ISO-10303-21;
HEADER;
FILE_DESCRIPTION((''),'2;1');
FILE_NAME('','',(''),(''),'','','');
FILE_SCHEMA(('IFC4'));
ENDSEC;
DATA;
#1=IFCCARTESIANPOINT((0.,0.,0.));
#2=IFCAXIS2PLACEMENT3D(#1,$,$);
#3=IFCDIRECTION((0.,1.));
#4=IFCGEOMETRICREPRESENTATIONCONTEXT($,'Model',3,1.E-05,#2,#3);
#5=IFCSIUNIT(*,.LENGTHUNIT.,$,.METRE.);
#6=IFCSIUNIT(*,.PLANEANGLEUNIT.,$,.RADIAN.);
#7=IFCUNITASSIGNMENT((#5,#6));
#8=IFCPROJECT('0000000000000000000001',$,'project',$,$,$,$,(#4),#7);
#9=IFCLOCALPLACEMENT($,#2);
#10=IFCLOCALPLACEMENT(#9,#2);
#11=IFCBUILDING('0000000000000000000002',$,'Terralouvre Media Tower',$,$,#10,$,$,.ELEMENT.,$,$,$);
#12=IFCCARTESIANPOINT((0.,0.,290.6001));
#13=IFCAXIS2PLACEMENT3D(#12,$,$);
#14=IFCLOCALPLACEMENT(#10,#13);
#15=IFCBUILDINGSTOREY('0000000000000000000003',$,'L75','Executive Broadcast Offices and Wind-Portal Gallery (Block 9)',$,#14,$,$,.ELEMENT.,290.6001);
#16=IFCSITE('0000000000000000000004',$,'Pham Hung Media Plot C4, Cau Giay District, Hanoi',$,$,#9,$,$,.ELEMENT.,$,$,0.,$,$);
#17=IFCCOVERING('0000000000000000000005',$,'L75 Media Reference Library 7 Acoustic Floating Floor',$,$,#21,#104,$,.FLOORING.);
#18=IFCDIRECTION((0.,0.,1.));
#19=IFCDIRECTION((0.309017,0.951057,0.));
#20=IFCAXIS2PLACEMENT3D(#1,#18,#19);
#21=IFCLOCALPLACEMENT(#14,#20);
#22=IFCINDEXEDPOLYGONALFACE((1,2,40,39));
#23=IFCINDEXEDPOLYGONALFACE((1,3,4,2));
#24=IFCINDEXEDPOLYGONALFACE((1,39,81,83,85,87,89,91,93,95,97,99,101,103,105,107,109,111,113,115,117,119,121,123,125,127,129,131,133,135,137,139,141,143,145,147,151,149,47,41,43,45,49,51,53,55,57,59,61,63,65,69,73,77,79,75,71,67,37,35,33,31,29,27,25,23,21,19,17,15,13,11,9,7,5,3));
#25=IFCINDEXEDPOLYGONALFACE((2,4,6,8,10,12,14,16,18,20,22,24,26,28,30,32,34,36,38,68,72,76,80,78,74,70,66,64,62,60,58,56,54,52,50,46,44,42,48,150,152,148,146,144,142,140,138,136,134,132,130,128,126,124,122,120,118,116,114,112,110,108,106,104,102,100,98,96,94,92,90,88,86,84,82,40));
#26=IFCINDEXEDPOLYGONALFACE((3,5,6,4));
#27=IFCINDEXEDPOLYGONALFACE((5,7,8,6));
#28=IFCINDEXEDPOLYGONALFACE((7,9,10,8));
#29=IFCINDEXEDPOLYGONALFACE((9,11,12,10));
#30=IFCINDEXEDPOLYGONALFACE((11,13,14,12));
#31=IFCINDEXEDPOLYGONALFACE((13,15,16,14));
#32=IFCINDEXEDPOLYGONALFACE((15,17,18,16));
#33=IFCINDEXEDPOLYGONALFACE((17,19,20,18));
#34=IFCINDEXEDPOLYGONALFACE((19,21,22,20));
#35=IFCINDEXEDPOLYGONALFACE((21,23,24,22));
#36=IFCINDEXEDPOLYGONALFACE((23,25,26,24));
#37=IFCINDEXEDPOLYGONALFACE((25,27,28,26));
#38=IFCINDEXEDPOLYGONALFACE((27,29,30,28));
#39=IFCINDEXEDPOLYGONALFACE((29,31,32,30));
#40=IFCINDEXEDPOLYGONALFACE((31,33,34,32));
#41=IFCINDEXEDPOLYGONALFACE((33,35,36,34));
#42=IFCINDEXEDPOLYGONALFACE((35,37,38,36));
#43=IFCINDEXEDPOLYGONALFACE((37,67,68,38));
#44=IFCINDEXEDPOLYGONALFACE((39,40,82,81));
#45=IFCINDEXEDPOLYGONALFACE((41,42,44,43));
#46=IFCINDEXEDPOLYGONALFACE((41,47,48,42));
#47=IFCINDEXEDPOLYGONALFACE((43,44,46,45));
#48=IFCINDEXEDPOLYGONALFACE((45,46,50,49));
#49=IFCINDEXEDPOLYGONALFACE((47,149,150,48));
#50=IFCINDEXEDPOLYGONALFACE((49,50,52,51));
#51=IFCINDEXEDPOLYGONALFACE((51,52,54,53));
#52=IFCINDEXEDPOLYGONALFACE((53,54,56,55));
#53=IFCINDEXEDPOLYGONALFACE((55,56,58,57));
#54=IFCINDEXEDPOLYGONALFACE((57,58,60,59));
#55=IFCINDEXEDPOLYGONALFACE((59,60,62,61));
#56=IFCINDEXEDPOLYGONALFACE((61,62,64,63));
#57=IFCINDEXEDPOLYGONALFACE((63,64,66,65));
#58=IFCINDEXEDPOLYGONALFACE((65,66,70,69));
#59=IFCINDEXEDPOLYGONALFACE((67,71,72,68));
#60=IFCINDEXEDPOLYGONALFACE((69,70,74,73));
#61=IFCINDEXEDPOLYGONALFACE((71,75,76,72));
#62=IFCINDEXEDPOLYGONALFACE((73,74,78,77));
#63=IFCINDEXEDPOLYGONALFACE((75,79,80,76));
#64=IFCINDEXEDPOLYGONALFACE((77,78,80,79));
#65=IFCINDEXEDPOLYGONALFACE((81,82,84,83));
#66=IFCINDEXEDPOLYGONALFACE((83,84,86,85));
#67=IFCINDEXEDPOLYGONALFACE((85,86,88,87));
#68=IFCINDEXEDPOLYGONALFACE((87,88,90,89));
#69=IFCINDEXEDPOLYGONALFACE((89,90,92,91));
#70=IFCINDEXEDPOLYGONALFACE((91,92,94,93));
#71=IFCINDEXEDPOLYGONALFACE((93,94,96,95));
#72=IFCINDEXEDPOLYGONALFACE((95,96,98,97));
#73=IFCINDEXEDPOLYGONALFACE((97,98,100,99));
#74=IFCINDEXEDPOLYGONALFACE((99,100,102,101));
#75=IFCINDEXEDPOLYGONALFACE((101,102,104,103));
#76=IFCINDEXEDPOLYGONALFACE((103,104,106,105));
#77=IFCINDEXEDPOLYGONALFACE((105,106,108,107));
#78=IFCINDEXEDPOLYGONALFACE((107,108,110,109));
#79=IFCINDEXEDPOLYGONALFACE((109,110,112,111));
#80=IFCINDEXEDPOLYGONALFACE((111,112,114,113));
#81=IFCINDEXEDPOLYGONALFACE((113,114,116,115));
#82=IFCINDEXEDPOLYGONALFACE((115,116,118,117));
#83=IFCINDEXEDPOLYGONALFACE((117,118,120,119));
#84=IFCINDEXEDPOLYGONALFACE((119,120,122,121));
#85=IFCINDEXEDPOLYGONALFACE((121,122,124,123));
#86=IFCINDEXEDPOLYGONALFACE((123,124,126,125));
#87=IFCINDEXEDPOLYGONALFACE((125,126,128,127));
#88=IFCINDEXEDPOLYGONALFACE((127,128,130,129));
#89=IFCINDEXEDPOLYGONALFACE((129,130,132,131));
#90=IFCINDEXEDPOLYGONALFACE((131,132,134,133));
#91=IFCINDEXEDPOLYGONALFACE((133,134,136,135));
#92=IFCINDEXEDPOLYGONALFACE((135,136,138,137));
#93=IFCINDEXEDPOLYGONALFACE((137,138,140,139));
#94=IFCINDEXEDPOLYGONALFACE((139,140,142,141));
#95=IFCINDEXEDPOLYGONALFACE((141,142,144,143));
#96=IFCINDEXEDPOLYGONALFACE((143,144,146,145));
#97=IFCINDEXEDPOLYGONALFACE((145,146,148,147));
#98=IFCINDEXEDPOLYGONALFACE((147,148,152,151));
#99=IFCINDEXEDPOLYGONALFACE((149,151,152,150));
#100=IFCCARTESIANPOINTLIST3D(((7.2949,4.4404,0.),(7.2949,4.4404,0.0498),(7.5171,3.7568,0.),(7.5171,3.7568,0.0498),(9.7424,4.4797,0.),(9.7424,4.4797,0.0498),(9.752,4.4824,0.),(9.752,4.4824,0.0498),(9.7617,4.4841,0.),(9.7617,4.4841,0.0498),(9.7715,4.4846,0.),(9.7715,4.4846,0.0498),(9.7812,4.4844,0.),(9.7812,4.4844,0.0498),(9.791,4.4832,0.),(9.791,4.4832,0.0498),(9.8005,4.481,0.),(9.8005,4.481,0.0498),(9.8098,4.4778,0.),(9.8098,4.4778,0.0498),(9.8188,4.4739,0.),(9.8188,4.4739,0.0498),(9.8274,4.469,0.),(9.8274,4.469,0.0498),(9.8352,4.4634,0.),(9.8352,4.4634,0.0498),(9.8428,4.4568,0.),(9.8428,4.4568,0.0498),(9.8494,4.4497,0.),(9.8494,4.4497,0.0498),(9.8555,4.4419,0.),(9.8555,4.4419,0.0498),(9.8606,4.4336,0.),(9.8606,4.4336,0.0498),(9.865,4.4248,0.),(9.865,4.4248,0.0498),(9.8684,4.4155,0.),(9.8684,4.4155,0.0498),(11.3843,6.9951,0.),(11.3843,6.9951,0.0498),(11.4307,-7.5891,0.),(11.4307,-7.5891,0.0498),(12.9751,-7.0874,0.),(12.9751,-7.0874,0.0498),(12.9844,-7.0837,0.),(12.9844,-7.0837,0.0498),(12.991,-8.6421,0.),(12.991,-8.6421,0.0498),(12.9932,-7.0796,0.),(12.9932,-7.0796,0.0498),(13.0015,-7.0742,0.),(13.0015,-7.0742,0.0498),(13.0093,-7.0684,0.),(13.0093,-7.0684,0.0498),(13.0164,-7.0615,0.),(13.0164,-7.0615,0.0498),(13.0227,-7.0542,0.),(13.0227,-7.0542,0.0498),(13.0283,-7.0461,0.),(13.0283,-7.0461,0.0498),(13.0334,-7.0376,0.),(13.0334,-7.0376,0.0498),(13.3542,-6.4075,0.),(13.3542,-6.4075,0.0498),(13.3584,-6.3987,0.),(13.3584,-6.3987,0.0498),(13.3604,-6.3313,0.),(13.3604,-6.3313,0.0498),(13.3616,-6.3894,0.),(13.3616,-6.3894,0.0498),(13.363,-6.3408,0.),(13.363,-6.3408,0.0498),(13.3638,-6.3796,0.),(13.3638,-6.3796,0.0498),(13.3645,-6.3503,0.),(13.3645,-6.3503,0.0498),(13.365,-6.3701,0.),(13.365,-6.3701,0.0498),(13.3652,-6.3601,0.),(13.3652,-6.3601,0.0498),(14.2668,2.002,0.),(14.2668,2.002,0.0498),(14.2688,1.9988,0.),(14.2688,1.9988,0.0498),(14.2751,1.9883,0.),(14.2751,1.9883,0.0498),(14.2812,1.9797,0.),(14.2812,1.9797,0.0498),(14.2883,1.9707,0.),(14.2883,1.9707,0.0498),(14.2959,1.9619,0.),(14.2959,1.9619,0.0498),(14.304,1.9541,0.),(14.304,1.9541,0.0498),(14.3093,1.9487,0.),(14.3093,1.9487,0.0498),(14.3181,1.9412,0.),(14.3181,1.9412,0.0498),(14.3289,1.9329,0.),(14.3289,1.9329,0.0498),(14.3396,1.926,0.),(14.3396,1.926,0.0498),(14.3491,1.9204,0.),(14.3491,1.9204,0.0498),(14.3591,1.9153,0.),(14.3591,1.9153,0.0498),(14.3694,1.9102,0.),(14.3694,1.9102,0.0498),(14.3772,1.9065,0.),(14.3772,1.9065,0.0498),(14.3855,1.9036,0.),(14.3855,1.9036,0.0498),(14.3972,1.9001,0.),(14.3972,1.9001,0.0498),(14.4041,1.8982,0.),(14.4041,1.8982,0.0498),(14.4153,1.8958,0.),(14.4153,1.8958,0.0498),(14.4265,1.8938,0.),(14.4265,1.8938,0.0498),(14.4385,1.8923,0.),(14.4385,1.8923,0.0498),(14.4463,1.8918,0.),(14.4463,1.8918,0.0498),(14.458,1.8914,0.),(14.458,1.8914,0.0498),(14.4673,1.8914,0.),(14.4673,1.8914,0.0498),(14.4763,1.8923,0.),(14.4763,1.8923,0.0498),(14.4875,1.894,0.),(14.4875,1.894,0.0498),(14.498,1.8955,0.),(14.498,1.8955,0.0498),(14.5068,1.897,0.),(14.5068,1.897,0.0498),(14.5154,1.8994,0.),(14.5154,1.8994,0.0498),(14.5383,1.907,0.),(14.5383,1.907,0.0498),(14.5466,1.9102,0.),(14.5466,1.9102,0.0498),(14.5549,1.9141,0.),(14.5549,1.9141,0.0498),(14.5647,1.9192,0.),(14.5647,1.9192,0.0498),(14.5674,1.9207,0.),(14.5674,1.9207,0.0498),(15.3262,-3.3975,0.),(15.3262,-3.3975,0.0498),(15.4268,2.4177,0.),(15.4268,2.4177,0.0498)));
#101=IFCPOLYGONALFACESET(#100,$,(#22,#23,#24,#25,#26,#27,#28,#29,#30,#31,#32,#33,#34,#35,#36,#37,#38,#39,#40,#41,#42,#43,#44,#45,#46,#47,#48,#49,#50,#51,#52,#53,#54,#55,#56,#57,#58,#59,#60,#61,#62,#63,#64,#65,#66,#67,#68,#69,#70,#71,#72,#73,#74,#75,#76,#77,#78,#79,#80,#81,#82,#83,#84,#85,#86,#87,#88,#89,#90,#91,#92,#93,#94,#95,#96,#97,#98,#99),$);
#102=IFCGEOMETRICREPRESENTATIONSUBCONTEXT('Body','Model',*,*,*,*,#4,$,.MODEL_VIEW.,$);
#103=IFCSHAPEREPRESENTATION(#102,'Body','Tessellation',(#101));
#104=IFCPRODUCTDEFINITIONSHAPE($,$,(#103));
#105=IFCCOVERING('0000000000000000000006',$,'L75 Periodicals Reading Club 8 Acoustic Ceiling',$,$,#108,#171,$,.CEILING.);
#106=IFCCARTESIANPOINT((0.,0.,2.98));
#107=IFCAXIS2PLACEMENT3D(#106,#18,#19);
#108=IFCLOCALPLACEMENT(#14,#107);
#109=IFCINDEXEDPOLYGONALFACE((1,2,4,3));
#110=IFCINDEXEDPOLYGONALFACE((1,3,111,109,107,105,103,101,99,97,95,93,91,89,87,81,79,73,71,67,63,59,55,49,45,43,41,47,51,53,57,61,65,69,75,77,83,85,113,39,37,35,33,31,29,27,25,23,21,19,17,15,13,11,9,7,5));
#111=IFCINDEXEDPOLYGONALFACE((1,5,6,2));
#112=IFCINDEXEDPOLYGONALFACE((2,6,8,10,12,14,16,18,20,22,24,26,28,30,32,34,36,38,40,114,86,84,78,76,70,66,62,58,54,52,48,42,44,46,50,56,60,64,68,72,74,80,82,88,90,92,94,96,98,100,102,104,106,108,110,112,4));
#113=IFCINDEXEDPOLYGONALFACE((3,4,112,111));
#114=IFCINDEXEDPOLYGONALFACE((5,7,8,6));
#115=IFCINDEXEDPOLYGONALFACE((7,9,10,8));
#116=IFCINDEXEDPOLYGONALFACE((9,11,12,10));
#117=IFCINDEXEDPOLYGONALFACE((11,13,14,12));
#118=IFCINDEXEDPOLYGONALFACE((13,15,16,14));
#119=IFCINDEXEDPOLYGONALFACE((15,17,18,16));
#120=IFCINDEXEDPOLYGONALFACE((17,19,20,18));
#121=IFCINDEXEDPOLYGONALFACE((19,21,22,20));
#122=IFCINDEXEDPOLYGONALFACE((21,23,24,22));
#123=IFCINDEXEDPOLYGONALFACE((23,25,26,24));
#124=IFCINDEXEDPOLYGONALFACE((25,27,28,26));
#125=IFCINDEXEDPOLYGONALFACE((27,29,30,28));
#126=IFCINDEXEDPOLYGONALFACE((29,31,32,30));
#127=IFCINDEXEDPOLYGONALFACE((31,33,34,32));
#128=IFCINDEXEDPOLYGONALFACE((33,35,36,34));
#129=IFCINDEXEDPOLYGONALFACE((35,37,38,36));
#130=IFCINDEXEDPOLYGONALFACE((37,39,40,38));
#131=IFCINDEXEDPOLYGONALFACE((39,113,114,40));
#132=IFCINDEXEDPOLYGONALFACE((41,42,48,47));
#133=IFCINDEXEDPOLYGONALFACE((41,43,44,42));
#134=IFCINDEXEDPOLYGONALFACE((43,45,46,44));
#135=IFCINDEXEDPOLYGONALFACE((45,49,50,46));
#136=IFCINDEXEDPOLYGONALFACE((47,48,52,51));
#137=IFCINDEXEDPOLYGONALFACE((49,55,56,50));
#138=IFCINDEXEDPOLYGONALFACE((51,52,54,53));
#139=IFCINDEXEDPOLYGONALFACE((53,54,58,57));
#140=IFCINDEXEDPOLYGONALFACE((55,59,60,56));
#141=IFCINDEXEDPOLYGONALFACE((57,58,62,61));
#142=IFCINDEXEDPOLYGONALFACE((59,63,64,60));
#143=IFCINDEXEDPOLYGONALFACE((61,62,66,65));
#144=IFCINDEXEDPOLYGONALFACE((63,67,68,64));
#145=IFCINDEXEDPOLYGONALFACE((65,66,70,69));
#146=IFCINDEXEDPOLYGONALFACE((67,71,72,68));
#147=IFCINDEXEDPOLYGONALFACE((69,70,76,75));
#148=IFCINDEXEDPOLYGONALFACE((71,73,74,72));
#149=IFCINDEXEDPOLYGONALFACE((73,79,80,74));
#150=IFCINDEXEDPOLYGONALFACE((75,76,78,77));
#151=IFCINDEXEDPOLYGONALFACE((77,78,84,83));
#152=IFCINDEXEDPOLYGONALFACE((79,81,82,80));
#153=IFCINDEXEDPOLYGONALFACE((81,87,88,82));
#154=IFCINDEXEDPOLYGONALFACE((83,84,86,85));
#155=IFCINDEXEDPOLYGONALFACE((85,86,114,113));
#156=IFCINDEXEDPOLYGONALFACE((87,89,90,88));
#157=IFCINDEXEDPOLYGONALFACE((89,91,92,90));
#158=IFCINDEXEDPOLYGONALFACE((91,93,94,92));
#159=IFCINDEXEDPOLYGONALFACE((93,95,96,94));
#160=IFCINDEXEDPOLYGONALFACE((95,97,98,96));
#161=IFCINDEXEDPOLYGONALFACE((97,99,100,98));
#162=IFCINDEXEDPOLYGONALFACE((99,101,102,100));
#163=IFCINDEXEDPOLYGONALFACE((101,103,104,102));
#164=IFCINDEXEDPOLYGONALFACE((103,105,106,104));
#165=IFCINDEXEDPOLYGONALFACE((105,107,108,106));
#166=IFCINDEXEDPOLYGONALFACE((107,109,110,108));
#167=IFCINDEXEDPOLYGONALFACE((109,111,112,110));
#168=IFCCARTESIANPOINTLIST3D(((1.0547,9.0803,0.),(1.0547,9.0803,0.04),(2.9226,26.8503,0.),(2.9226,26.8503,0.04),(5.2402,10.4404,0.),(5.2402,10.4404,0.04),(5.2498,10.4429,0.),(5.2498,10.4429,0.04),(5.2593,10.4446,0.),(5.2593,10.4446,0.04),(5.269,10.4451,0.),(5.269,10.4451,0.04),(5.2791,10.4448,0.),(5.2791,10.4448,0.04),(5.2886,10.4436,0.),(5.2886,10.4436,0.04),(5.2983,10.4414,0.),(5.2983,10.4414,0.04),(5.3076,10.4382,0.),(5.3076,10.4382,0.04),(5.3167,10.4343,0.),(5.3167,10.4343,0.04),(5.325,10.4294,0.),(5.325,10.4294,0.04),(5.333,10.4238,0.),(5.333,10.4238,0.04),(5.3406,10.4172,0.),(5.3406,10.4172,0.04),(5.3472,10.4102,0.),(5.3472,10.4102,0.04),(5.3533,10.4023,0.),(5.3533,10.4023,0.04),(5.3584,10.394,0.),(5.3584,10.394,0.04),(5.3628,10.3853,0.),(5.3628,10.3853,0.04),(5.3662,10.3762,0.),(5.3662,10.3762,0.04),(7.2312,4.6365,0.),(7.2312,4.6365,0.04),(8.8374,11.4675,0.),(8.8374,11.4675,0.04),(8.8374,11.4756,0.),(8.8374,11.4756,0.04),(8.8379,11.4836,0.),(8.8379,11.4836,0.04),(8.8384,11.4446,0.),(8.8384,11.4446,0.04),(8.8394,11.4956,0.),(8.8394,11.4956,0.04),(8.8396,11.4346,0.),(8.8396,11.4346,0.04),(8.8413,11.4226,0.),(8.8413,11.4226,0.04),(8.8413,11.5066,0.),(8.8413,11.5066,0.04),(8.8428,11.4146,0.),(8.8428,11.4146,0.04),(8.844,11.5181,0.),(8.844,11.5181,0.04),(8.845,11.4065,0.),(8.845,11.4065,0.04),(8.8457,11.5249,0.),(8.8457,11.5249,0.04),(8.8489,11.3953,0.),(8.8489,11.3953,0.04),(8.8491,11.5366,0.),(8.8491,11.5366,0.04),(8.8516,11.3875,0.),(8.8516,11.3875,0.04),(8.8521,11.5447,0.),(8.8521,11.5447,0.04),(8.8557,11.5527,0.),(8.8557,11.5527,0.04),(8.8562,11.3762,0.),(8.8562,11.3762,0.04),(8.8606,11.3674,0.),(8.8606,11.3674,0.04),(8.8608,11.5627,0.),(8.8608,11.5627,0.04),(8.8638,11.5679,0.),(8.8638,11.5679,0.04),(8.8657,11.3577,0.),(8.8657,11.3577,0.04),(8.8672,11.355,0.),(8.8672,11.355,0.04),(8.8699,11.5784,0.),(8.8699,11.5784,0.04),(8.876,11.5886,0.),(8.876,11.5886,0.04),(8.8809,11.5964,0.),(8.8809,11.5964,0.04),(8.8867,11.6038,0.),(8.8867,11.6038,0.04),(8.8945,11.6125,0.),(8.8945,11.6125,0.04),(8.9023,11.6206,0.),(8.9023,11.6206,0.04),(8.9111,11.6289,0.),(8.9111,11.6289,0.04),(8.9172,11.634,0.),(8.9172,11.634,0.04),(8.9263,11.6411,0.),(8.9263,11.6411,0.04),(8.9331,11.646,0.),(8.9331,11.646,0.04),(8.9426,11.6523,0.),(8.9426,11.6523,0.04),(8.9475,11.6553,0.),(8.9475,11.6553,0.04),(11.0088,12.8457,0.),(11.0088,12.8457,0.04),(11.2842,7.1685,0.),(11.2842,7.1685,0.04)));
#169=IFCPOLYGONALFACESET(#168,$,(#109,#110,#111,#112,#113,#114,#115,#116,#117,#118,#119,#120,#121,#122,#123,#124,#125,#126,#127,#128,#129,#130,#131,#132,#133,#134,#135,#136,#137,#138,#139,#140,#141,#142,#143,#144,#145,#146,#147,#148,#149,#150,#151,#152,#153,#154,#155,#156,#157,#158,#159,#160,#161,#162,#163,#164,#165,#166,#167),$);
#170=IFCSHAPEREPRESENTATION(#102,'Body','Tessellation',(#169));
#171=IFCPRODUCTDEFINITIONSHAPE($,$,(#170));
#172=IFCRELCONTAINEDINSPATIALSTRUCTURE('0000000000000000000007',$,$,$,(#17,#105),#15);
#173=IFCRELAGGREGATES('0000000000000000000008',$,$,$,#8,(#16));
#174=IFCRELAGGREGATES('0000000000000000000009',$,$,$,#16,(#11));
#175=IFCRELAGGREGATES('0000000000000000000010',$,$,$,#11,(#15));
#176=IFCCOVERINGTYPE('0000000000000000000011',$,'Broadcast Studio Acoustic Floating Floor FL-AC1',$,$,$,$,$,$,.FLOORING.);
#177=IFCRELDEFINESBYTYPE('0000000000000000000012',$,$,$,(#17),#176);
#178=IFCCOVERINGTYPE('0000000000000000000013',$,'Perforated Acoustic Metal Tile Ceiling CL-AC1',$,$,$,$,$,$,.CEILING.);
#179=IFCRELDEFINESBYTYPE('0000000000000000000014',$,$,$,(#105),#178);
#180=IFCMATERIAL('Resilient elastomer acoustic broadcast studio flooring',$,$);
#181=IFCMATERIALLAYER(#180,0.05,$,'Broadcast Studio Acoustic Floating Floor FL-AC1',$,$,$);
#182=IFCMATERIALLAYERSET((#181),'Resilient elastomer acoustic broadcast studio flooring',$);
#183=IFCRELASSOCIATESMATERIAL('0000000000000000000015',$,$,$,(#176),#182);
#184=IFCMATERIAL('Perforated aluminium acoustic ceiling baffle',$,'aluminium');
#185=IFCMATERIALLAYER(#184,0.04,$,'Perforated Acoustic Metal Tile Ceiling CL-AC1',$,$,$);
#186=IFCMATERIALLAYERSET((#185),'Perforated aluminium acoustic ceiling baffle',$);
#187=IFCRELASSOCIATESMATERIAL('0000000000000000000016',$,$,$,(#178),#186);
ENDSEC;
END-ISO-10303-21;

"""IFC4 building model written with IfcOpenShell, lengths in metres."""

from ifc_helpers import new_model, si_unit, direction, frame, origin, place, context, subcontext, project, spatial, polyline, outline, extrude, material, layer, layer_set, type_object, element, save


model = new_model("IFC4")

# Units and contexts
model_context = context("Model", 3, precision=1e-05, world=origin(), true_north=direction((0.0, 1.0)))
body_context = subcontext(model_context, "Body", "Model", "MODEL_VIEW")
ifc_project = project(units=[si_unit("LENGTHUNIT", "METRE"), si_unit("PLANEANGLEUNIT", "RADIAN")], contexts=[model_context])

# Site, building, storey
site_placement = place(None, origin())
site = spatial("IfcSite", under=ifc_project, at=site_placement, Name="Pham Hung Media Plot C4, Cau Giay District, Hanoi", CompositionType="ELEMENT", RefElevation=0.0)
building_placement = place(site_placement, origin())
building = spatial("IfcBuilding", under=site, at=building_placement, Name="Terralouvre Media Tower", CompositionType="ELEMENT")
storey_placement = place(building_placement, frame((0.0, 0.0, 290.6001)))
storey = spatial("IfcBuildingStorey", under=building, at=storey_placement, Name="L75", Description="Executive Broadcast Offices and Wind-Portal Gallery (Block 9)", CompositionType="ELEMENT", Elevation=290.6001)

# Coverings
ifc_material_1 = material(Name="Resilient elastomer acoustic broadcast studio flooring")
ifc_layer_1 = layer(ifc_material_1, 0.05, Name="Broadcast Studio Acoustic Floating Floor FL-AC1")
ifc_layer_set_1 = layer_set([ifc_layer_1], Name="Resilient elastomer acoustic broadcast studio flooring")
covering_type_1 = type_object("IfcCoveringType", Name="Broadcast Studio Acoustic Floating Floor FL-AC1", PredefinedType="FLOORING", material=ifc_layer_set_1)
covering_1_placement = place(storey_placement, frame((0.0, 0.0, 0.0), z_axis=(0.0, 0.0, 1.0), x_axis=(0.309017, 0.951057, 0.0)))
element("IfcCovering", 1, at=covering_1_placement, inside=storey, type_object=covering_type_1, Name="L75 Media Reference Library 7 Acoustic Floating Floor", PredefinedType="FLOORING", context=body_context, shape_type="SweptSolid", body=[
    extrude(outline(polyline([(7.5171, 3.7568), (9.7424, 4.4797), (9.752, 4.4824), (9.7617, 4.4841), (9.7715, 4.4846), (9.7812, 4.4844), (9.791, 4.4832), (9.8005, 4.481), (9.8098, 4.4778), (9.8188, 4.4739), (9.8274, 4.469), (9.8352, 4.4634), (9.8428, 4.4568), (9.8494, 4.4497), (9.8555, 4.4419), (9.8606, 4.4336), (9.865, 4.4248), (9.8684, 4.4155), (13.3604, -6.3313), (13.363, -6.3408), (13.3645, -6.3503), (13.3652, -6.3601), (13.365, -6.3701), (13.3638, -6.3796), (13.3616, -6.3894), (13.3584, -6.3987), (13.3542, -6.4075), (13.0334, -7.0376), (13.0283, -7.0461), (13.0227, -7.0542), (13.0164, -7.0615), (13.0093, -7.0684), (13.0015, -7.0742), (12.9932, -7.0796), (12.9844, -7.0837), (12.9751, -7.0874), (11.4307, -7.5891), (12.991, -8.6421), (15.3262, -3.3975), (15.4268, 2.4177), (14.5674, 1.9207), (14.5647, 1.9192), (14.5549, 1.9141), (14.5466, 1.9102), (14.5383, 1.907), (14.5154, 1.8994), (14.5068, 1.897), (14.498, 1.8955), (14.4875, 1.894), (14.4763, 1.8923), (14.4673, 1.8914), (14.458, 1.8914), (14.4463, 1.8918), (14.4385, 1.8923), (14.4265, 1.8938), (14.4153, 1.8958), (14.4041, 1.8982), (14.3972, 1.9001), (14.3855, 1.9036), (14.3772, 1.9065), (14.3694, 1.9102), (14.3591, 1.9153), (14.3491, 1.9204), (14.3396, 1.926), (14.3289, 1.9329), (14.3181, 1.9412), (14.3093, 1.9487), (14.304, 1.9541), (14.2959, 1.9619), (14.2883, 1.9707), (14.2812, 1.9797), (14.2751, 1.9883), (14.2688, 1.9988), (14.2668, 2.002), (11.3843, 6.9951), (7.2949, 4.4404), (7.5171, 3.7568)])), origin(), (0.0, 0.0, 1.0), 0.0498),
])
ifc_material_2 = material(Name="Perforated aluminium acoustic ceiling baffle", Category="aluminium")
ifc_layer_2 = layer(ifc_material_2, 0.04, Name="Perforated Acoustic Metal Tile Ceiling CL-AC1")
ifc_layer_set_2 = layer_set([ifc_layer_2], Name="Perforated aluminium acoustic ceiling baffle")
covering_type_2 = type_object("IfcCoveringType", Name="Perforated Acoustic Metal Tile Ceiling CL-AC1", PredefinedType="CEILING", material=ifc_layer_set_2)
covering_2_placement = place(storey_placement, frame((0.0, 0.0, 2.98), z_axis=(0.0, 0.0, 1.0), x_axis=(0.309017, 0.951057, 0.0)))
element("IfcCovering", 2, at=covering_2_placement, inside=storey, type_object=covering_type_2, Name="L75 Periodicals Reading Club 8 Acoustic Ceiling", PredefinedType="CEILING", context=body_context, shape_type="SweptSolid", body=[
    extrude(outline(polyline([(1.0547, 9.0803), (5.2402, 10.4404), (5.2498, 10.4429), (5.2593, 10.4446), (5.269, 10.4451), (5.2791, 10.4448), (5.2886, 10.4436), (5.2983, 10.4414), (5.3076, 10.4382), (5.3167, 10.4343), (5.325, 10.4294), (5.333, 10.4238), (5.3406, 10.4172), (5.3472, 10.4102), (5.3533, 10.4023), (5.3584, 10.394), (5.3628, 10.3853), (5.3662, 10.3762), (7.2312, 4.6365), (11.2842, 7.1685), (8.8672, 11.355), (8.8657, 11.3577), (8.8606, 11.3674), (8.8562, 11.3762), (8.8516, 11.3875), (8.8489, 11.3953), (8.845, 11.4065), (8.8428, 11.4146), (8.8413, 11.4226), (8.8396, 11.4346), (8.8384, 11.4446), (8.8374, 11.4675), (8.8374, 11.4756), (8.8379, 11.4836), (8.8394, 11.4956), (8.8413, 11.5066), (8.844, 11.5181), (8.8457, 11.5249), (8.8491, 11.5366), (8.8521, 11.5447), (8.8557, 11.5527), (8.8608, 11.5627), (8.8638, 11.5679), (8.8699, 11.5784), (8.876, 11.5886), (8.8809, 11.5964), (8.8867, 11.6038), (8.8945, 11.6125), (8.9023, 11.6206), (8.9111, 11.6289), (8.9172, 11.634), (8.9263, 11.6411), (8.9331, 11.646), (8.9426, 11.6523), (8.9475, 11.6553), (11.0088, 12.8457), (2.9226, 26.8503), (1.0547, 9.0803)])), origin(), (0.0, 0.0, 1.0), 0.04),
])

save(model, "model.ifc")
